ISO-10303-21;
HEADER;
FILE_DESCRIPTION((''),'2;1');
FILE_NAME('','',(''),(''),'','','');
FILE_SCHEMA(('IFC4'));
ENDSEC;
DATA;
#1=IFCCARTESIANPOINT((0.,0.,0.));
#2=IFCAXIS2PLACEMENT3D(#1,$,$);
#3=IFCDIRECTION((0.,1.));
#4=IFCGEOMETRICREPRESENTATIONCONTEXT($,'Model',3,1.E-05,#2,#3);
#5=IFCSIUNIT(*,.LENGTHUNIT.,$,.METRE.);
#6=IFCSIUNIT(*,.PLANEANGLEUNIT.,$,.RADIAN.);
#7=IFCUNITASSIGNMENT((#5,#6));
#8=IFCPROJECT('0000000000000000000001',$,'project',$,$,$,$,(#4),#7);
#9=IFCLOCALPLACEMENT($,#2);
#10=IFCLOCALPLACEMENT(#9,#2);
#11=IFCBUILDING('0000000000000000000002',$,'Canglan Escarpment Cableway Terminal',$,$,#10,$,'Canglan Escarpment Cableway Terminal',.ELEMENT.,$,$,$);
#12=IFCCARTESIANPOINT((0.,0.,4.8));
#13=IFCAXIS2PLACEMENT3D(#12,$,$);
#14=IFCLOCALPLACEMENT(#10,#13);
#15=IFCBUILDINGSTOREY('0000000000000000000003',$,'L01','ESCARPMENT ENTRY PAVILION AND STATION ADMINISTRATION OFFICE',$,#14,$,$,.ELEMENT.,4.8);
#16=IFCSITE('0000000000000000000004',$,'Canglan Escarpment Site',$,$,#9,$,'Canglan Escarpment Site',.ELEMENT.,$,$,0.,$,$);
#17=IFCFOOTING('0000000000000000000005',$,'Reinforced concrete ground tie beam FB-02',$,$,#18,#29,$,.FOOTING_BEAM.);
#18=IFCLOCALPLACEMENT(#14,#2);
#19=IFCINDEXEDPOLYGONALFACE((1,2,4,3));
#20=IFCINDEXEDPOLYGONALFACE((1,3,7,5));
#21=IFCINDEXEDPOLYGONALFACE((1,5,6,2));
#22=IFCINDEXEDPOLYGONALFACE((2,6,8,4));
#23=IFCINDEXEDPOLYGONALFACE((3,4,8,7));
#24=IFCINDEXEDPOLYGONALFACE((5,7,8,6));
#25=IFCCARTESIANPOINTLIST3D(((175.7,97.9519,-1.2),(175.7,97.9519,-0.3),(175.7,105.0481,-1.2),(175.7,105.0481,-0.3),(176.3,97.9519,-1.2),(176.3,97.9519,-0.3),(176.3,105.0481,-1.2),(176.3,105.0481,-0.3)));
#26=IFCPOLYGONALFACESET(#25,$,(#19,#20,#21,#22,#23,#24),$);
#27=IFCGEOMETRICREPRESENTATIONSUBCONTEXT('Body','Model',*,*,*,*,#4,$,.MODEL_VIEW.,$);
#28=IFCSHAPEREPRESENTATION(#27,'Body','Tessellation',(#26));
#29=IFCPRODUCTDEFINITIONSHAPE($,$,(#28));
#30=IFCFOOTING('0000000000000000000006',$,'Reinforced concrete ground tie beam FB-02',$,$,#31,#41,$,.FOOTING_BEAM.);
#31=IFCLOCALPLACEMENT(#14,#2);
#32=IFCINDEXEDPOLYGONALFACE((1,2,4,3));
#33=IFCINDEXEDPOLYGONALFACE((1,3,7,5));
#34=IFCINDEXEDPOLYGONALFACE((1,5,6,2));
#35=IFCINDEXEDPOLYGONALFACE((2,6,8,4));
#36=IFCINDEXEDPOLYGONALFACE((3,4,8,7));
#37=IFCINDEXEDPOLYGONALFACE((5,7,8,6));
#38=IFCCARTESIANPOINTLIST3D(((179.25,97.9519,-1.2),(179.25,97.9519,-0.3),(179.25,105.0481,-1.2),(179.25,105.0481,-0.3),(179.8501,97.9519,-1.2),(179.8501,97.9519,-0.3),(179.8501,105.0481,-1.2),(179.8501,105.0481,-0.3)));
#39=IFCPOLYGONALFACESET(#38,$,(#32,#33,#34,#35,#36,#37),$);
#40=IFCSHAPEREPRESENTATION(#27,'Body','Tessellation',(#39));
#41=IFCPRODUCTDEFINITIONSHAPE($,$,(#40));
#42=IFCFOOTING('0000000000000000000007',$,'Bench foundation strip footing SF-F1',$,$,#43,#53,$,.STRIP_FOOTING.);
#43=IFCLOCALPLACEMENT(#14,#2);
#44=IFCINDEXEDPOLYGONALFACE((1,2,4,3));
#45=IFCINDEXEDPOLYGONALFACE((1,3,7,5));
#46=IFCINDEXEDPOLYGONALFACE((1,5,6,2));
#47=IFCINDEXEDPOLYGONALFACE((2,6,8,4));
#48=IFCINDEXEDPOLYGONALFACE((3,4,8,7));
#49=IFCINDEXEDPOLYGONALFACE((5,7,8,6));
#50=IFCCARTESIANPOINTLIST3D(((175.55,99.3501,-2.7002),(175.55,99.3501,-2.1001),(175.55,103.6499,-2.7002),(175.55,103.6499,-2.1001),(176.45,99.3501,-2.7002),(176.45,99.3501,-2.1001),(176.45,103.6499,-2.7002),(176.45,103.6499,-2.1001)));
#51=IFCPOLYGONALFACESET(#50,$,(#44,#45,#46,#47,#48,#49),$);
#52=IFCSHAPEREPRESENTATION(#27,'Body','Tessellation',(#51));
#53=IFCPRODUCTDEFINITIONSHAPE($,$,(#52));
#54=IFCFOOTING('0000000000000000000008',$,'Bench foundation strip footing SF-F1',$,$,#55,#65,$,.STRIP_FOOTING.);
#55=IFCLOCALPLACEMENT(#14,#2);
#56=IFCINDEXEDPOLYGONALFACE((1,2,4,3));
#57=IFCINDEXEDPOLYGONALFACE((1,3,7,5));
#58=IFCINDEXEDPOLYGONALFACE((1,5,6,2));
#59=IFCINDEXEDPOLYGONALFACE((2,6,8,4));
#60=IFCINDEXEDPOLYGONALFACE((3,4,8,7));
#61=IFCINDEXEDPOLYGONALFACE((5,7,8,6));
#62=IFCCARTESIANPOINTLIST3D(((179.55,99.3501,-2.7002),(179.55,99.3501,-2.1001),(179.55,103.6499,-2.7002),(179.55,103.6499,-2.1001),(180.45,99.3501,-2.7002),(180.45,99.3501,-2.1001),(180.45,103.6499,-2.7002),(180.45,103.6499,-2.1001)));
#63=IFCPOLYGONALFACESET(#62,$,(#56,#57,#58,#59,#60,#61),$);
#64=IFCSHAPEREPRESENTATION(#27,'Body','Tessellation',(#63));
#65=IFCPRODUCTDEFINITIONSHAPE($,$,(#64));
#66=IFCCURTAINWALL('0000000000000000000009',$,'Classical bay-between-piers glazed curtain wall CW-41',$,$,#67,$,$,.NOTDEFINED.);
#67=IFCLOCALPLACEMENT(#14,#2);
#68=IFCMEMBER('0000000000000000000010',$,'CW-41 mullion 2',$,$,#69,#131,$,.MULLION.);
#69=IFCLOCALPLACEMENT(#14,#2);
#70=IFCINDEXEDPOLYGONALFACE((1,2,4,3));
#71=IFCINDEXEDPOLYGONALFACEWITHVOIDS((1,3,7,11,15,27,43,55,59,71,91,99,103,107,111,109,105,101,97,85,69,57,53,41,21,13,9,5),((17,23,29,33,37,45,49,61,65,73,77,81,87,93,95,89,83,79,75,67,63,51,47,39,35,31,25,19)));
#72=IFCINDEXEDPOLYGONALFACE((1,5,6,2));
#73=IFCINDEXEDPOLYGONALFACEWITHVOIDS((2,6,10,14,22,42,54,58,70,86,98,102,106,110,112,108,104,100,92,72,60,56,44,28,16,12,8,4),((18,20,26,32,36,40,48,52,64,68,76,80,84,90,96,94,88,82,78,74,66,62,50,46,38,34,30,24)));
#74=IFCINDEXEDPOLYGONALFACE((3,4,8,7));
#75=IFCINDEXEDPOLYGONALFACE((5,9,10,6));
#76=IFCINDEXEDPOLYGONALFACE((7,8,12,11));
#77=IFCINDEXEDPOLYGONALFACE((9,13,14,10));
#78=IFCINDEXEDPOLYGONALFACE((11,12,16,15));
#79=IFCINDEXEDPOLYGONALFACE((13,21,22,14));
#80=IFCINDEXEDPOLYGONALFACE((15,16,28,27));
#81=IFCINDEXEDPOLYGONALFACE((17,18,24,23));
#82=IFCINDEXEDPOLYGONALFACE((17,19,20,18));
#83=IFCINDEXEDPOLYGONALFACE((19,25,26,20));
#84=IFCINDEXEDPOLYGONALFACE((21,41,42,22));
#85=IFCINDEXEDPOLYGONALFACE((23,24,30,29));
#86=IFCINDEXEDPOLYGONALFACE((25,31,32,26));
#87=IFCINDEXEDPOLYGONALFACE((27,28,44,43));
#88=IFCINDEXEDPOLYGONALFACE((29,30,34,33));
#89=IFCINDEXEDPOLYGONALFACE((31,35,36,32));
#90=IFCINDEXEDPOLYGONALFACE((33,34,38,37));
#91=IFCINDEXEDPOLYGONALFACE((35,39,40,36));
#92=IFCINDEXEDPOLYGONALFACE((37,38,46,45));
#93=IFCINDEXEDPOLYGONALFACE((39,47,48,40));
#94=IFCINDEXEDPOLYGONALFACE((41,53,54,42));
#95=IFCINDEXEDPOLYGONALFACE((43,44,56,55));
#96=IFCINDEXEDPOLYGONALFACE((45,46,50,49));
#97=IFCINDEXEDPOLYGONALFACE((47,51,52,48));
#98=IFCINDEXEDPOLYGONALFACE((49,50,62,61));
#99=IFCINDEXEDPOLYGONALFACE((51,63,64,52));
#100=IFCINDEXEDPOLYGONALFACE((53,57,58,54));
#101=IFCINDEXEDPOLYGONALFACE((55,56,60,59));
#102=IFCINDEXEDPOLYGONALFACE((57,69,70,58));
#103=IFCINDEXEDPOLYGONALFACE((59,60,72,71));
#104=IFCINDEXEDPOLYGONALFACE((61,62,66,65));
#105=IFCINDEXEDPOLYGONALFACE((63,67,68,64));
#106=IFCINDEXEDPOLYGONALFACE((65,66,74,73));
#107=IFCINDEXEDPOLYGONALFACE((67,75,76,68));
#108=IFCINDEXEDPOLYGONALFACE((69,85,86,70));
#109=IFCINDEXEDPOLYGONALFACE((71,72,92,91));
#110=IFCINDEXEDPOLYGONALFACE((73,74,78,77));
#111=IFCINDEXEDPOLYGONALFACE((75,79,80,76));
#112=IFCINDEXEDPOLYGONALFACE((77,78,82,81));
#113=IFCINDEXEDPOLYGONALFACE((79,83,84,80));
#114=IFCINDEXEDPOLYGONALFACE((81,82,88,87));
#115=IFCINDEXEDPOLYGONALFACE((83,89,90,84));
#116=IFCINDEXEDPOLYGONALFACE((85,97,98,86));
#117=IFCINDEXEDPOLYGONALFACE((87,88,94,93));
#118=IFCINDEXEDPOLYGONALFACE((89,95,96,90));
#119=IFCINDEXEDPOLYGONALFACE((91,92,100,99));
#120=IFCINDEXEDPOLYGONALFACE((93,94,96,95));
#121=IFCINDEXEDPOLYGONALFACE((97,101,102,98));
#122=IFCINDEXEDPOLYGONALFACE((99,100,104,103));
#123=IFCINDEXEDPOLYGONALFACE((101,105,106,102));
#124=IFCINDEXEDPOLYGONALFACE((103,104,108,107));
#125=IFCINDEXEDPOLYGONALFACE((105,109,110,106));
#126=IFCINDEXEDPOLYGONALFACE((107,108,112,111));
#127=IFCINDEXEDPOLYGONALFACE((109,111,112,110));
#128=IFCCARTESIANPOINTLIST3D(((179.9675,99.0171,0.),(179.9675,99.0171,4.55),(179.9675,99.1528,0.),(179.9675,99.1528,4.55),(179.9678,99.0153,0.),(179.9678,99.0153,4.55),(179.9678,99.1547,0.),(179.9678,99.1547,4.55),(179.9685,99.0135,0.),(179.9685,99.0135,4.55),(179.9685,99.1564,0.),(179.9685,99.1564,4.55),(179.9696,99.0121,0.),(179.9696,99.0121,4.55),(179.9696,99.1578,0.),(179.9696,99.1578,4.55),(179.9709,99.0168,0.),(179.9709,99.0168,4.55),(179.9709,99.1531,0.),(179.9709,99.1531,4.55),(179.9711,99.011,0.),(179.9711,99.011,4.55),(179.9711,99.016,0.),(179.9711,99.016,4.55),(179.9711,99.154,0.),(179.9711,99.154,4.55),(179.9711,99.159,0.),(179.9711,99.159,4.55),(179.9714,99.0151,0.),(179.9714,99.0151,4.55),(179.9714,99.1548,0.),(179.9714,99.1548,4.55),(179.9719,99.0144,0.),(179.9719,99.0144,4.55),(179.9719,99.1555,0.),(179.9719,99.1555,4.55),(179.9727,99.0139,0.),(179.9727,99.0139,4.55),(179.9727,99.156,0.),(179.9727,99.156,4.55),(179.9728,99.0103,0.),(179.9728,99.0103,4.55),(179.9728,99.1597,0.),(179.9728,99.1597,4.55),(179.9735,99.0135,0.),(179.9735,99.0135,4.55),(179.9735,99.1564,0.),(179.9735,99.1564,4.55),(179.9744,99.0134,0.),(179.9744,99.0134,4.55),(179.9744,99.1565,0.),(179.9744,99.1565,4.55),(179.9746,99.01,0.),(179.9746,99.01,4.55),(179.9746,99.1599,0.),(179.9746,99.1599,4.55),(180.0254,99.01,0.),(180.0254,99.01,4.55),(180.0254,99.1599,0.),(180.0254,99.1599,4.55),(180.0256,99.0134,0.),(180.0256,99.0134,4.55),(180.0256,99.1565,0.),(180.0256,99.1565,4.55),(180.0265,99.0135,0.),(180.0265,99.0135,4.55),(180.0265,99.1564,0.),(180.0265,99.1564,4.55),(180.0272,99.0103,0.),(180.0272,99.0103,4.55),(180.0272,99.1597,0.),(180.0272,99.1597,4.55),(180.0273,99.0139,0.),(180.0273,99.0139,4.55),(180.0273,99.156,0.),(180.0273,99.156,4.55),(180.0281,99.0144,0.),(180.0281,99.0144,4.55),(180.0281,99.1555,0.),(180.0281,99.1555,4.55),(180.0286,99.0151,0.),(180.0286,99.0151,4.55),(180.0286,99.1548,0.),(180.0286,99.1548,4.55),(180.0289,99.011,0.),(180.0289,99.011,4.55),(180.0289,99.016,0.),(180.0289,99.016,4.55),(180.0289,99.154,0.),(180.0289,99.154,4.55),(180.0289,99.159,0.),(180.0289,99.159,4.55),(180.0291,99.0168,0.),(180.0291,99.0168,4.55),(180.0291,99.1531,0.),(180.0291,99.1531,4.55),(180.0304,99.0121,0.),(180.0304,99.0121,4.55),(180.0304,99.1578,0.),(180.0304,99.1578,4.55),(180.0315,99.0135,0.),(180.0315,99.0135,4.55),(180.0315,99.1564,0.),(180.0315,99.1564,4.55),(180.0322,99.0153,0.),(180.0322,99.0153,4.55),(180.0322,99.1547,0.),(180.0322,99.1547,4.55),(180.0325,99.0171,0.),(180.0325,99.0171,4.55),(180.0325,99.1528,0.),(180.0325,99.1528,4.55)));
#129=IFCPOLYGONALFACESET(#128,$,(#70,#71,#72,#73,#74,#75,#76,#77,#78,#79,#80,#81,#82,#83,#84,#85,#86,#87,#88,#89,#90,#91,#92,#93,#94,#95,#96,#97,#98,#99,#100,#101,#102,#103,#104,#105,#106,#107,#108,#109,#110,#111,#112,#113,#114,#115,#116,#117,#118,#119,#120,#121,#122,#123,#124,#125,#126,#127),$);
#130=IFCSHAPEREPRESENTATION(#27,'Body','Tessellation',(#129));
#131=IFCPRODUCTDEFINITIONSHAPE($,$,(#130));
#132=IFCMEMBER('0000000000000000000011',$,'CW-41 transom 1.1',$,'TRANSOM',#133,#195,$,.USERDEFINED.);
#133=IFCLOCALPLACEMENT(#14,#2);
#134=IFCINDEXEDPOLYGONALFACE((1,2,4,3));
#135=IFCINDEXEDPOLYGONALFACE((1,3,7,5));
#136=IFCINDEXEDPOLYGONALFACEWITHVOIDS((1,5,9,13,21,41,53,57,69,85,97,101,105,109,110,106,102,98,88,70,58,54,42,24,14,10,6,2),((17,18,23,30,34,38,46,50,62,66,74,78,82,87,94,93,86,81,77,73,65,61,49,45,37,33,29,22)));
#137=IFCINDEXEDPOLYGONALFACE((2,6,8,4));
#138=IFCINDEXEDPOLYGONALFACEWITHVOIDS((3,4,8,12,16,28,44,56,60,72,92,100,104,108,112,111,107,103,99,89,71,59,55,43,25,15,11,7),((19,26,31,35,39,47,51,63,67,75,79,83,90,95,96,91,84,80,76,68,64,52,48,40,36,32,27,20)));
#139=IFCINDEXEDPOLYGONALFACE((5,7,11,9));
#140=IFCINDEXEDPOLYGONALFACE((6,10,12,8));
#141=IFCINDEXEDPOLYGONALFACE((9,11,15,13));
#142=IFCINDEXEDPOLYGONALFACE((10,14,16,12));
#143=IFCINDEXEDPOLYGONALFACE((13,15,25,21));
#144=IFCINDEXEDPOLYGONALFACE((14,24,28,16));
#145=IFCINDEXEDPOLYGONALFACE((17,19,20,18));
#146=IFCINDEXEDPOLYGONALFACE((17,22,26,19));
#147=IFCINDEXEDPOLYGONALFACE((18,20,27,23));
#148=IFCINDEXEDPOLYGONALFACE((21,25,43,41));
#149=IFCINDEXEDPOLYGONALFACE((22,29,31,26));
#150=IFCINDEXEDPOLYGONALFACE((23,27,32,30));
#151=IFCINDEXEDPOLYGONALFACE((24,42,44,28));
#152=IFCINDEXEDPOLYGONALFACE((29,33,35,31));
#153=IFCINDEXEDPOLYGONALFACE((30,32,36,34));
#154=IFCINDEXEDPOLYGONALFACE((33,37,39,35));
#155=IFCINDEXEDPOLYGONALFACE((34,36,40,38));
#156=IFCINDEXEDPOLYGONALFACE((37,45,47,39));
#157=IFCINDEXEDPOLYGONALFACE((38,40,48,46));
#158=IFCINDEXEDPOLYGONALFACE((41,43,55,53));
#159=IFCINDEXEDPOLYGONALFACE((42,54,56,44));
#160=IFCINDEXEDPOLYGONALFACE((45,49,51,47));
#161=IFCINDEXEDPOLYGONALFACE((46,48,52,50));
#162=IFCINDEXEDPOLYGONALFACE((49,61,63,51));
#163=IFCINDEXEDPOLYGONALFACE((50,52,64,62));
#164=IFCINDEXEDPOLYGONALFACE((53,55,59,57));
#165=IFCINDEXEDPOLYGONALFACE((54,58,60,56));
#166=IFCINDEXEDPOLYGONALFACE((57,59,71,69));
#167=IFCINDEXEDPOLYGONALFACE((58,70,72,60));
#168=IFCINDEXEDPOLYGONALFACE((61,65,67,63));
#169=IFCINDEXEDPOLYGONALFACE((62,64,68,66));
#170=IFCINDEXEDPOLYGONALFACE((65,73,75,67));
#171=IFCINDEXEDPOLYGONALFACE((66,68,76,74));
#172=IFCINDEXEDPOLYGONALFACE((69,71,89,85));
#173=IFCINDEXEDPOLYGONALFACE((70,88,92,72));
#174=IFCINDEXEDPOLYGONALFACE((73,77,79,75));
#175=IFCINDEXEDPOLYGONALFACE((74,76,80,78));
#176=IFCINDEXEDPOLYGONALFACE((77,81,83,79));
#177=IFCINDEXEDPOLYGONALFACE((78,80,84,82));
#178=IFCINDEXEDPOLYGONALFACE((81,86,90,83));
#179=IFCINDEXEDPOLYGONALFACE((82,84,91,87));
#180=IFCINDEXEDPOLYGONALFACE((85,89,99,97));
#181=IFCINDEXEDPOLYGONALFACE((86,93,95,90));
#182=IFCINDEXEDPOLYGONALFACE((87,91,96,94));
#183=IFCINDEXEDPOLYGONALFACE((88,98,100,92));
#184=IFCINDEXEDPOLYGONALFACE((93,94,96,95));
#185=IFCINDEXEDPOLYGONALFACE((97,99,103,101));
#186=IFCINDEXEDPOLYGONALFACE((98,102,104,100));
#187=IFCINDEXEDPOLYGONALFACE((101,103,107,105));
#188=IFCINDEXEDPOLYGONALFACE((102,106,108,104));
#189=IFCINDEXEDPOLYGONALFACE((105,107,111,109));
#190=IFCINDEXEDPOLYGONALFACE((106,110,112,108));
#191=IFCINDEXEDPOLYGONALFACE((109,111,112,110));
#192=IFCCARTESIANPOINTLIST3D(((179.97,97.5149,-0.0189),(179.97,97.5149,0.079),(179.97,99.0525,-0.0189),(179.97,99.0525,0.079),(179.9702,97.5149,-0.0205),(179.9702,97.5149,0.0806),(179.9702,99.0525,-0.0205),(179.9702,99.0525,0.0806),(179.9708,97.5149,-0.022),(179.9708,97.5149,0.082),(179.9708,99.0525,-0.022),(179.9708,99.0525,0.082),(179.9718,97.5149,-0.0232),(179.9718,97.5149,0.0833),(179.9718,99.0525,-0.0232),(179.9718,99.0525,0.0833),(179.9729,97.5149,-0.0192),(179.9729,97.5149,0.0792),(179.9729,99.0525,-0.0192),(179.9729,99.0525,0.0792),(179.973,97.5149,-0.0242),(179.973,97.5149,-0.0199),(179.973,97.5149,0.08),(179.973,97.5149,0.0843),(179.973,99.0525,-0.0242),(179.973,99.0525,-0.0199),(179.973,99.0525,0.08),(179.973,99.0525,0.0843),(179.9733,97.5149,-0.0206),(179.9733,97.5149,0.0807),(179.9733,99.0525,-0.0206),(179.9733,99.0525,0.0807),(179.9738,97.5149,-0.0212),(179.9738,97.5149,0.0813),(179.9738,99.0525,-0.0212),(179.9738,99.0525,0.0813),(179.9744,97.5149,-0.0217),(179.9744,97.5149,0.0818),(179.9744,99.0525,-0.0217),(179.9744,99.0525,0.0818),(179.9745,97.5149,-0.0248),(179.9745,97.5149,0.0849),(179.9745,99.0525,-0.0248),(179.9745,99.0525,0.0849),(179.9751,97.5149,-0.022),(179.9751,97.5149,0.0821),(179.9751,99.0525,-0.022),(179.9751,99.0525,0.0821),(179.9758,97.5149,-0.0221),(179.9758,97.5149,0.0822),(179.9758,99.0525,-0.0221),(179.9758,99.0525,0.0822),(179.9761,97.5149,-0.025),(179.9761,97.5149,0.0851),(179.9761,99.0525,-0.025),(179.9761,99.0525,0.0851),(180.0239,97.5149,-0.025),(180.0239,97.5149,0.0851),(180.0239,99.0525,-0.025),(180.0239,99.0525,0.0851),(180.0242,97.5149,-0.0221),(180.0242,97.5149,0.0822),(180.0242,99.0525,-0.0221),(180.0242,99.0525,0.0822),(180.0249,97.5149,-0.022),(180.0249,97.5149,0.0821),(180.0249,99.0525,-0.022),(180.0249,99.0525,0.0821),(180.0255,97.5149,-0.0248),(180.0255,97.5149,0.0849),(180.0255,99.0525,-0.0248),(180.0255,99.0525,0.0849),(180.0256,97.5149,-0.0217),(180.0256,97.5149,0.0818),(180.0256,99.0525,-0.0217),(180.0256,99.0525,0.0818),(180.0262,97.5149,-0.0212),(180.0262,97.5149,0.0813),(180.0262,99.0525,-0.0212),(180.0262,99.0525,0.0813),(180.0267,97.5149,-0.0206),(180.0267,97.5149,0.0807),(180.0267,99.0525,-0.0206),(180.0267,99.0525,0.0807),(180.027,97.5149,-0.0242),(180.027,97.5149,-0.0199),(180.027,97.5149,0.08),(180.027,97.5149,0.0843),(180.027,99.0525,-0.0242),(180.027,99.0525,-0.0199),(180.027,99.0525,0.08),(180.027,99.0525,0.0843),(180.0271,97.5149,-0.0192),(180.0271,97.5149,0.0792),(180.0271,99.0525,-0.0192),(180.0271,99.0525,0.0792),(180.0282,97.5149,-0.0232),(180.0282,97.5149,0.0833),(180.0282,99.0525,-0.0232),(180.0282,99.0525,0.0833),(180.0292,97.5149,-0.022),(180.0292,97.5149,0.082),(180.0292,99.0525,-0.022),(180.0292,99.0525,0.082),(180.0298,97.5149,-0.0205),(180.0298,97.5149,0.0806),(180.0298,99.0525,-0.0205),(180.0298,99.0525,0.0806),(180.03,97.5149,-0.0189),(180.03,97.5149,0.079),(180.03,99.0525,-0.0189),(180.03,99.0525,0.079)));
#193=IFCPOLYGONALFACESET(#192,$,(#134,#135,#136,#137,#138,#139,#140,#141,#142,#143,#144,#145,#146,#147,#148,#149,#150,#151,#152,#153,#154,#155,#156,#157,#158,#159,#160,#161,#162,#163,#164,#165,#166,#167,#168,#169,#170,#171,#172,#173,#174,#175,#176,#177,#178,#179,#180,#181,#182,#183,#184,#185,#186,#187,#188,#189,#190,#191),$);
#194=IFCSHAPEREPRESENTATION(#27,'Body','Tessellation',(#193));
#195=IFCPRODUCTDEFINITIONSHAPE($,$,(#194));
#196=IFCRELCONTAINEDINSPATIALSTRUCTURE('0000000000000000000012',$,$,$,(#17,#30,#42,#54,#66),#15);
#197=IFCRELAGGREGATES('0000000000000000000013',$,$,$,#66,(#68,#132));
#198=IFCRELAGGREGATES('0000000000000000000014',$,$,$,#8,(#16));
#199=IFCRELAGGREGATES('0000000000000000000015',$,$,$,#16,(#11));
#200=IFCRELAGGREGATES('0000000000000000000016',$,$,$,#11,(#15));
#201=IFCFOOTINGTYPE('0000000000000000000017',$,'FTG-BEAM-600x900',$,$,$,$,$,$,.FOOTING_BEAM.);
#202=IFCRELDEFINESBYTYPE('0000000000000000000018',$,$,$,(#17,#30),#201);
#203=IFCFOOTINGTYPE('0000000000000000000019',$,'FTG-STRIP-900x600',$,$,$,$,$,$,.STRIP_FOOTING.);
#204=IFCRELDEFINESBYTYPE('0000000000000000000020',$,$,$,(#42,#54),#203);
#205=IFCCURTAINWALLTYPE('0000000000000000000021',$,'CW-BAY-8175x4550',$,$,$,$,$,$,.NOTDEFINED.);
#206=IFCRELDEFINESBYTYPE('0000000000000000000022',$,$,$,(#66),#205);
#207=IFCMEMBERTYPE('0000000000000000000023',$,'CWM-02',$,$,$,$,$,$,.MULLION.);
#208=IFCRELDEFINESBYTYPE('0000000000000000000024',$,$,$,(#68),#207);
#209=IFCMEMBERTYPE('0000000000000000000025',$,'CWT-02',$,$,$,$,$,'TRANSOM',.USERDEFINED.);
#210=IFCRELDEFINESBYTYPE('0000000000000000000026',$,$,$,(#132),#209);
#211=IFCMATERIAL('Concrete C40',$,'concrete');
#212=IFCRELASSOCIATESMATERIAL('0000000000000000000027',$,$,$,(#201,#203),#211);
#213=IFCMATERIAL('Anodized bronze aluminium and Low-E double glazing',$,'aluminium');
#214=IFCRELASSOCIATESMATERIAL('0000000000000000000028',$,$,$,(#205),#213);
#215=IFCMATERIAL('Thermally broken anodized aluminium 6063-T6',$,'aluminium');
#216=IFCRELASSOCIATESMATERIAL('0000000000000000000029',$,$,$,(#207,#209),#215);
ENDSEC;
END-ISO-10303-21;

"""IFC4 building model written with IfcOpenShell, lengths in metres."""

from ifc_helpers import new_model, si_unit, direction, frame, origin, origin_2d, place, context, subcontext, project, spatial, rectangle, hollow_rectangle, extrude, material, material_profile, profile_set, type_object, element, aggregate, save


model = new_model("IFC4")

# Units and contexts
model_context = context("Model", 3, precision=1e-05, world=origin(), true_north=direction((0.0, 1.0)))
body_context = subcontext(model_context, "Body", "Model", "MODEL_VIEW")
ifc_project = project(units=[si_unit("LENGTHUNIT", "METRE"), si_unit("PLANEANGLEUNIT", "RADIAN")], contexts=[model_context])

# Site, building, storey
site_placement = place(None, origin())
site = spatial("IfcSite", under=ifc_project, at=site_placement, Name="Canglan Escarpment Site", LongName="Canglan Escarpment Site", CompositionType="ELEMENT", RefElevation=0.0)
building_placement = place(site_placement, origin())
building = spatial("IfcBuilding", under=site, at=building_placement, Name="Canglan Escarpment Cableway Terminal", LongName="Canglan Escarpment Cableway Terminal", CompositionType="ELEMENT")
storey_placement = place(building_placement, frame((0.0, 0.0, 4.8)))
storey = spatial("IfcBuildingStorey", under=building, at=storey_placement, Name="L01", Description="ESCARPMENT ENTRY PAVILION AND STATION ADMINISTRATION OFFICE", CompositionType="ELEMENT", Elevation=4.8)

# Footings
ifc_material_1 = material(Name="Concrete C40", Category="concrete")
ifc_material_profile_1 = material_profile(ifc_material_1, rectangle(XDim=0.6001, YDim=0.8999, at=origin_2d()), Name="FB 600x900")
ifc_profile_set_1 = profile_set([ifc_material_profile_1], Name="Concrete C40")
footing_type_1 = type_object("IfcFootingType", Name="FTG-BEAM-600x900", PredefinedType="FOOTING_BEAM", material=ifc_profile_set_1)
for number, where, z_axis, x_axis, name in (
    (1, (176.0, 97.9519, -0.75), (0.0, 1.0, 0.0), (-1.0, 0.0, 0.0), "Reinforced concrete ground tie beam FB-02"),
    (2, (179.55, 97.9519, -0.75), (0.0, 1.0, 0.0), (-1.0, 0.0, 0.0), "Reinforced concrete ground tie beam FB-02"),
):
    element("IfcFooting", number, at=place(storey_placement, frame(where, z_axis=z_axis, x_axis=x_axis)), inside=storey, type_object=footing_type_1, Name=name, PredefinedType="FOOTING_BEAM", context=body_context, shape_type="SweptSolid", body=[
        extrude(rectangle(XDim=0.6001, YDim=0.8999, at=origin_2d()), origin(), (0.0, 0.0, 1.0), 7.0962),
    ])
ifc_material_profile_2 = material_profile(ifc_material_1, rectangle(XDim=0.8999, YDim=0.6001, at=origin_2d()), Name="SF 900x600")
ifc_profile_set_2 = profile_set([ifc_material_profile_2], Name="Concrete C40")
footing_type_2 = type_object("IfcFootingType", Name="FTG-STRIP-900x600", PredefinedType="STRIP_FOOTING", material=ifc_profile_set_2)
for number, where, z_axis, x_axis, name in (
    (3, (176.0, 99.3501, -2.4001), (0.0, 1.0, 0.0), (-1.0, 0.0, 0.0), "Bench foundation strip footing SF-F1"),
    (4, (180.0, 99.3501, -2.4001), (0.0, 1.0, 0.0), (-1.0, 0.0, 0.0), "Bench foundation strip footing SF-F1"),
):
    element("IfcFooting", number, at=place(storey_placement, frame(where, z_axis=z_axis, x_axis=x_axis)), inside=storey, type_object=footing_type_2, Name=name, PredefinedType="STRIP_FOOTING", context=body_context, shape_type="SweptSolid", body=[
        extrude(rectangle(XDim=0.8999, YDim=0.6001, at=origin_2d()), origin(), (0.0, 0.0, 1.0), 4.2998),
    ])

# Curtain wall, members
ifc_material_2 = material(Name="Anodized bronze aluminium and Low-E double glazing", Category="aluminium")
curtain_wall_type = type_object("IfcCurtainWallType", Name="CW-BAY-8175x4550", PredefinedType="NOTDEFINED", material=ifc_material_2)
curtain_wall_placement = place(storey_placement, origin())
curtain_wall = element("IfcCurtainWall", 5, at=curtain_wall_placement, inside=storey, type_object=curtain_wall_type, Name="Classical bay-between-piers glazed curtain wall CW-41", PredefinedType="NOTDEFINED")
ifc_material_3 = material(Name="Thermally broken anodized aluminium 6063-T6", Category="aluminium")
ifc_material_profile_3 = material_profile(ifc_material_3, hollow_rectangle(XDim=0.0649, YDim=0.1499, WallThickness=0.0034, InnerFilletRadius=0.0034, OuterFilletRadius=0.0071, at=origin_2d()), Name="ALU-MULL 65x150x3.5")
ifc_profile_set_3 = profile_set([ifc_material_profile_3], Name="Thermally broken anodized aluminium 6063-T6")
member_type_1 = type_object("IfcMemberType", Name="CWM-02", PredefinedType="MULLION", material=ifc_profile_set_3)
member_1_placement = place(storey_placement, frame((180.0, 99.085, 0.0), z_axis=(0.0, 0.0, 1.0), x_axis=(-1.0, 0.0, 0.0)))
member_1 = element("IfcMember", 6, at=member_1_placement, type_object=member_type_1, Name="CW-41 mullion 2", PredefinedType="MULLION", context=body_context, shape_type="SweptSolid", body=[
    extrude(hollow_rectangle(XDim=0.0649, YDim=0.1499, WallThickness=0.0034, InnerFilletRadius=0.0034, OuterFilletRadius=0.0071, at=origin_2d()), origin(), (0.0, 0.0, 1.0), 4.55),
])
ifc_material_profile_4 = material_profile(ifc_material_3, hollow_rectangle(XDim=0.0601, YDim=0.1101, WallThickness=0.0029, InnerFilletRadius=0.0029, OuterFilletRadius=0.0061, at=origin_2d()), Name="ALU-TRAN 60x110x3")
ifc_profile_set_4 = profile_set([ifc_material_profile_4], Name="Thermally broken anodized aluminium 6063-T6")
member_type_2 = type_object("IfcMemberType", Name="CWT-02", ElementType="TRANSOM", PredefinedType="USERDEFINED", material=ifc_profile_set_4)
member_2_placement = place(storey_placement, frame((180.0, 97.5149, 0.03), z_axis=(0.0, 1.0, 0.0), x_axis=(-1.0, 0.0, 0.0)))
member_2 = element("IfcMember", 7, at=member_2_placement, type_object=member_type_2, Name="CW-41 transom 1.1", ObjectType="TRANSOM", PredefinedType="USERDEFINED", context=body_context, shape_type="SweptSolid", body=[
    extrude(hollow_rectangle(XDim=0.0601, YDim=0.1101, WallThickness=0.0029, InnerFilletRadius=0.0029, OuterFilletRadius=0.0061, at=origin_2d()), origin(), (0.0, 0.0, 1.0), 1.5376),
])
aggregate(curtain_wall, [member_1, member_2])

save(model, "model.ifc")
